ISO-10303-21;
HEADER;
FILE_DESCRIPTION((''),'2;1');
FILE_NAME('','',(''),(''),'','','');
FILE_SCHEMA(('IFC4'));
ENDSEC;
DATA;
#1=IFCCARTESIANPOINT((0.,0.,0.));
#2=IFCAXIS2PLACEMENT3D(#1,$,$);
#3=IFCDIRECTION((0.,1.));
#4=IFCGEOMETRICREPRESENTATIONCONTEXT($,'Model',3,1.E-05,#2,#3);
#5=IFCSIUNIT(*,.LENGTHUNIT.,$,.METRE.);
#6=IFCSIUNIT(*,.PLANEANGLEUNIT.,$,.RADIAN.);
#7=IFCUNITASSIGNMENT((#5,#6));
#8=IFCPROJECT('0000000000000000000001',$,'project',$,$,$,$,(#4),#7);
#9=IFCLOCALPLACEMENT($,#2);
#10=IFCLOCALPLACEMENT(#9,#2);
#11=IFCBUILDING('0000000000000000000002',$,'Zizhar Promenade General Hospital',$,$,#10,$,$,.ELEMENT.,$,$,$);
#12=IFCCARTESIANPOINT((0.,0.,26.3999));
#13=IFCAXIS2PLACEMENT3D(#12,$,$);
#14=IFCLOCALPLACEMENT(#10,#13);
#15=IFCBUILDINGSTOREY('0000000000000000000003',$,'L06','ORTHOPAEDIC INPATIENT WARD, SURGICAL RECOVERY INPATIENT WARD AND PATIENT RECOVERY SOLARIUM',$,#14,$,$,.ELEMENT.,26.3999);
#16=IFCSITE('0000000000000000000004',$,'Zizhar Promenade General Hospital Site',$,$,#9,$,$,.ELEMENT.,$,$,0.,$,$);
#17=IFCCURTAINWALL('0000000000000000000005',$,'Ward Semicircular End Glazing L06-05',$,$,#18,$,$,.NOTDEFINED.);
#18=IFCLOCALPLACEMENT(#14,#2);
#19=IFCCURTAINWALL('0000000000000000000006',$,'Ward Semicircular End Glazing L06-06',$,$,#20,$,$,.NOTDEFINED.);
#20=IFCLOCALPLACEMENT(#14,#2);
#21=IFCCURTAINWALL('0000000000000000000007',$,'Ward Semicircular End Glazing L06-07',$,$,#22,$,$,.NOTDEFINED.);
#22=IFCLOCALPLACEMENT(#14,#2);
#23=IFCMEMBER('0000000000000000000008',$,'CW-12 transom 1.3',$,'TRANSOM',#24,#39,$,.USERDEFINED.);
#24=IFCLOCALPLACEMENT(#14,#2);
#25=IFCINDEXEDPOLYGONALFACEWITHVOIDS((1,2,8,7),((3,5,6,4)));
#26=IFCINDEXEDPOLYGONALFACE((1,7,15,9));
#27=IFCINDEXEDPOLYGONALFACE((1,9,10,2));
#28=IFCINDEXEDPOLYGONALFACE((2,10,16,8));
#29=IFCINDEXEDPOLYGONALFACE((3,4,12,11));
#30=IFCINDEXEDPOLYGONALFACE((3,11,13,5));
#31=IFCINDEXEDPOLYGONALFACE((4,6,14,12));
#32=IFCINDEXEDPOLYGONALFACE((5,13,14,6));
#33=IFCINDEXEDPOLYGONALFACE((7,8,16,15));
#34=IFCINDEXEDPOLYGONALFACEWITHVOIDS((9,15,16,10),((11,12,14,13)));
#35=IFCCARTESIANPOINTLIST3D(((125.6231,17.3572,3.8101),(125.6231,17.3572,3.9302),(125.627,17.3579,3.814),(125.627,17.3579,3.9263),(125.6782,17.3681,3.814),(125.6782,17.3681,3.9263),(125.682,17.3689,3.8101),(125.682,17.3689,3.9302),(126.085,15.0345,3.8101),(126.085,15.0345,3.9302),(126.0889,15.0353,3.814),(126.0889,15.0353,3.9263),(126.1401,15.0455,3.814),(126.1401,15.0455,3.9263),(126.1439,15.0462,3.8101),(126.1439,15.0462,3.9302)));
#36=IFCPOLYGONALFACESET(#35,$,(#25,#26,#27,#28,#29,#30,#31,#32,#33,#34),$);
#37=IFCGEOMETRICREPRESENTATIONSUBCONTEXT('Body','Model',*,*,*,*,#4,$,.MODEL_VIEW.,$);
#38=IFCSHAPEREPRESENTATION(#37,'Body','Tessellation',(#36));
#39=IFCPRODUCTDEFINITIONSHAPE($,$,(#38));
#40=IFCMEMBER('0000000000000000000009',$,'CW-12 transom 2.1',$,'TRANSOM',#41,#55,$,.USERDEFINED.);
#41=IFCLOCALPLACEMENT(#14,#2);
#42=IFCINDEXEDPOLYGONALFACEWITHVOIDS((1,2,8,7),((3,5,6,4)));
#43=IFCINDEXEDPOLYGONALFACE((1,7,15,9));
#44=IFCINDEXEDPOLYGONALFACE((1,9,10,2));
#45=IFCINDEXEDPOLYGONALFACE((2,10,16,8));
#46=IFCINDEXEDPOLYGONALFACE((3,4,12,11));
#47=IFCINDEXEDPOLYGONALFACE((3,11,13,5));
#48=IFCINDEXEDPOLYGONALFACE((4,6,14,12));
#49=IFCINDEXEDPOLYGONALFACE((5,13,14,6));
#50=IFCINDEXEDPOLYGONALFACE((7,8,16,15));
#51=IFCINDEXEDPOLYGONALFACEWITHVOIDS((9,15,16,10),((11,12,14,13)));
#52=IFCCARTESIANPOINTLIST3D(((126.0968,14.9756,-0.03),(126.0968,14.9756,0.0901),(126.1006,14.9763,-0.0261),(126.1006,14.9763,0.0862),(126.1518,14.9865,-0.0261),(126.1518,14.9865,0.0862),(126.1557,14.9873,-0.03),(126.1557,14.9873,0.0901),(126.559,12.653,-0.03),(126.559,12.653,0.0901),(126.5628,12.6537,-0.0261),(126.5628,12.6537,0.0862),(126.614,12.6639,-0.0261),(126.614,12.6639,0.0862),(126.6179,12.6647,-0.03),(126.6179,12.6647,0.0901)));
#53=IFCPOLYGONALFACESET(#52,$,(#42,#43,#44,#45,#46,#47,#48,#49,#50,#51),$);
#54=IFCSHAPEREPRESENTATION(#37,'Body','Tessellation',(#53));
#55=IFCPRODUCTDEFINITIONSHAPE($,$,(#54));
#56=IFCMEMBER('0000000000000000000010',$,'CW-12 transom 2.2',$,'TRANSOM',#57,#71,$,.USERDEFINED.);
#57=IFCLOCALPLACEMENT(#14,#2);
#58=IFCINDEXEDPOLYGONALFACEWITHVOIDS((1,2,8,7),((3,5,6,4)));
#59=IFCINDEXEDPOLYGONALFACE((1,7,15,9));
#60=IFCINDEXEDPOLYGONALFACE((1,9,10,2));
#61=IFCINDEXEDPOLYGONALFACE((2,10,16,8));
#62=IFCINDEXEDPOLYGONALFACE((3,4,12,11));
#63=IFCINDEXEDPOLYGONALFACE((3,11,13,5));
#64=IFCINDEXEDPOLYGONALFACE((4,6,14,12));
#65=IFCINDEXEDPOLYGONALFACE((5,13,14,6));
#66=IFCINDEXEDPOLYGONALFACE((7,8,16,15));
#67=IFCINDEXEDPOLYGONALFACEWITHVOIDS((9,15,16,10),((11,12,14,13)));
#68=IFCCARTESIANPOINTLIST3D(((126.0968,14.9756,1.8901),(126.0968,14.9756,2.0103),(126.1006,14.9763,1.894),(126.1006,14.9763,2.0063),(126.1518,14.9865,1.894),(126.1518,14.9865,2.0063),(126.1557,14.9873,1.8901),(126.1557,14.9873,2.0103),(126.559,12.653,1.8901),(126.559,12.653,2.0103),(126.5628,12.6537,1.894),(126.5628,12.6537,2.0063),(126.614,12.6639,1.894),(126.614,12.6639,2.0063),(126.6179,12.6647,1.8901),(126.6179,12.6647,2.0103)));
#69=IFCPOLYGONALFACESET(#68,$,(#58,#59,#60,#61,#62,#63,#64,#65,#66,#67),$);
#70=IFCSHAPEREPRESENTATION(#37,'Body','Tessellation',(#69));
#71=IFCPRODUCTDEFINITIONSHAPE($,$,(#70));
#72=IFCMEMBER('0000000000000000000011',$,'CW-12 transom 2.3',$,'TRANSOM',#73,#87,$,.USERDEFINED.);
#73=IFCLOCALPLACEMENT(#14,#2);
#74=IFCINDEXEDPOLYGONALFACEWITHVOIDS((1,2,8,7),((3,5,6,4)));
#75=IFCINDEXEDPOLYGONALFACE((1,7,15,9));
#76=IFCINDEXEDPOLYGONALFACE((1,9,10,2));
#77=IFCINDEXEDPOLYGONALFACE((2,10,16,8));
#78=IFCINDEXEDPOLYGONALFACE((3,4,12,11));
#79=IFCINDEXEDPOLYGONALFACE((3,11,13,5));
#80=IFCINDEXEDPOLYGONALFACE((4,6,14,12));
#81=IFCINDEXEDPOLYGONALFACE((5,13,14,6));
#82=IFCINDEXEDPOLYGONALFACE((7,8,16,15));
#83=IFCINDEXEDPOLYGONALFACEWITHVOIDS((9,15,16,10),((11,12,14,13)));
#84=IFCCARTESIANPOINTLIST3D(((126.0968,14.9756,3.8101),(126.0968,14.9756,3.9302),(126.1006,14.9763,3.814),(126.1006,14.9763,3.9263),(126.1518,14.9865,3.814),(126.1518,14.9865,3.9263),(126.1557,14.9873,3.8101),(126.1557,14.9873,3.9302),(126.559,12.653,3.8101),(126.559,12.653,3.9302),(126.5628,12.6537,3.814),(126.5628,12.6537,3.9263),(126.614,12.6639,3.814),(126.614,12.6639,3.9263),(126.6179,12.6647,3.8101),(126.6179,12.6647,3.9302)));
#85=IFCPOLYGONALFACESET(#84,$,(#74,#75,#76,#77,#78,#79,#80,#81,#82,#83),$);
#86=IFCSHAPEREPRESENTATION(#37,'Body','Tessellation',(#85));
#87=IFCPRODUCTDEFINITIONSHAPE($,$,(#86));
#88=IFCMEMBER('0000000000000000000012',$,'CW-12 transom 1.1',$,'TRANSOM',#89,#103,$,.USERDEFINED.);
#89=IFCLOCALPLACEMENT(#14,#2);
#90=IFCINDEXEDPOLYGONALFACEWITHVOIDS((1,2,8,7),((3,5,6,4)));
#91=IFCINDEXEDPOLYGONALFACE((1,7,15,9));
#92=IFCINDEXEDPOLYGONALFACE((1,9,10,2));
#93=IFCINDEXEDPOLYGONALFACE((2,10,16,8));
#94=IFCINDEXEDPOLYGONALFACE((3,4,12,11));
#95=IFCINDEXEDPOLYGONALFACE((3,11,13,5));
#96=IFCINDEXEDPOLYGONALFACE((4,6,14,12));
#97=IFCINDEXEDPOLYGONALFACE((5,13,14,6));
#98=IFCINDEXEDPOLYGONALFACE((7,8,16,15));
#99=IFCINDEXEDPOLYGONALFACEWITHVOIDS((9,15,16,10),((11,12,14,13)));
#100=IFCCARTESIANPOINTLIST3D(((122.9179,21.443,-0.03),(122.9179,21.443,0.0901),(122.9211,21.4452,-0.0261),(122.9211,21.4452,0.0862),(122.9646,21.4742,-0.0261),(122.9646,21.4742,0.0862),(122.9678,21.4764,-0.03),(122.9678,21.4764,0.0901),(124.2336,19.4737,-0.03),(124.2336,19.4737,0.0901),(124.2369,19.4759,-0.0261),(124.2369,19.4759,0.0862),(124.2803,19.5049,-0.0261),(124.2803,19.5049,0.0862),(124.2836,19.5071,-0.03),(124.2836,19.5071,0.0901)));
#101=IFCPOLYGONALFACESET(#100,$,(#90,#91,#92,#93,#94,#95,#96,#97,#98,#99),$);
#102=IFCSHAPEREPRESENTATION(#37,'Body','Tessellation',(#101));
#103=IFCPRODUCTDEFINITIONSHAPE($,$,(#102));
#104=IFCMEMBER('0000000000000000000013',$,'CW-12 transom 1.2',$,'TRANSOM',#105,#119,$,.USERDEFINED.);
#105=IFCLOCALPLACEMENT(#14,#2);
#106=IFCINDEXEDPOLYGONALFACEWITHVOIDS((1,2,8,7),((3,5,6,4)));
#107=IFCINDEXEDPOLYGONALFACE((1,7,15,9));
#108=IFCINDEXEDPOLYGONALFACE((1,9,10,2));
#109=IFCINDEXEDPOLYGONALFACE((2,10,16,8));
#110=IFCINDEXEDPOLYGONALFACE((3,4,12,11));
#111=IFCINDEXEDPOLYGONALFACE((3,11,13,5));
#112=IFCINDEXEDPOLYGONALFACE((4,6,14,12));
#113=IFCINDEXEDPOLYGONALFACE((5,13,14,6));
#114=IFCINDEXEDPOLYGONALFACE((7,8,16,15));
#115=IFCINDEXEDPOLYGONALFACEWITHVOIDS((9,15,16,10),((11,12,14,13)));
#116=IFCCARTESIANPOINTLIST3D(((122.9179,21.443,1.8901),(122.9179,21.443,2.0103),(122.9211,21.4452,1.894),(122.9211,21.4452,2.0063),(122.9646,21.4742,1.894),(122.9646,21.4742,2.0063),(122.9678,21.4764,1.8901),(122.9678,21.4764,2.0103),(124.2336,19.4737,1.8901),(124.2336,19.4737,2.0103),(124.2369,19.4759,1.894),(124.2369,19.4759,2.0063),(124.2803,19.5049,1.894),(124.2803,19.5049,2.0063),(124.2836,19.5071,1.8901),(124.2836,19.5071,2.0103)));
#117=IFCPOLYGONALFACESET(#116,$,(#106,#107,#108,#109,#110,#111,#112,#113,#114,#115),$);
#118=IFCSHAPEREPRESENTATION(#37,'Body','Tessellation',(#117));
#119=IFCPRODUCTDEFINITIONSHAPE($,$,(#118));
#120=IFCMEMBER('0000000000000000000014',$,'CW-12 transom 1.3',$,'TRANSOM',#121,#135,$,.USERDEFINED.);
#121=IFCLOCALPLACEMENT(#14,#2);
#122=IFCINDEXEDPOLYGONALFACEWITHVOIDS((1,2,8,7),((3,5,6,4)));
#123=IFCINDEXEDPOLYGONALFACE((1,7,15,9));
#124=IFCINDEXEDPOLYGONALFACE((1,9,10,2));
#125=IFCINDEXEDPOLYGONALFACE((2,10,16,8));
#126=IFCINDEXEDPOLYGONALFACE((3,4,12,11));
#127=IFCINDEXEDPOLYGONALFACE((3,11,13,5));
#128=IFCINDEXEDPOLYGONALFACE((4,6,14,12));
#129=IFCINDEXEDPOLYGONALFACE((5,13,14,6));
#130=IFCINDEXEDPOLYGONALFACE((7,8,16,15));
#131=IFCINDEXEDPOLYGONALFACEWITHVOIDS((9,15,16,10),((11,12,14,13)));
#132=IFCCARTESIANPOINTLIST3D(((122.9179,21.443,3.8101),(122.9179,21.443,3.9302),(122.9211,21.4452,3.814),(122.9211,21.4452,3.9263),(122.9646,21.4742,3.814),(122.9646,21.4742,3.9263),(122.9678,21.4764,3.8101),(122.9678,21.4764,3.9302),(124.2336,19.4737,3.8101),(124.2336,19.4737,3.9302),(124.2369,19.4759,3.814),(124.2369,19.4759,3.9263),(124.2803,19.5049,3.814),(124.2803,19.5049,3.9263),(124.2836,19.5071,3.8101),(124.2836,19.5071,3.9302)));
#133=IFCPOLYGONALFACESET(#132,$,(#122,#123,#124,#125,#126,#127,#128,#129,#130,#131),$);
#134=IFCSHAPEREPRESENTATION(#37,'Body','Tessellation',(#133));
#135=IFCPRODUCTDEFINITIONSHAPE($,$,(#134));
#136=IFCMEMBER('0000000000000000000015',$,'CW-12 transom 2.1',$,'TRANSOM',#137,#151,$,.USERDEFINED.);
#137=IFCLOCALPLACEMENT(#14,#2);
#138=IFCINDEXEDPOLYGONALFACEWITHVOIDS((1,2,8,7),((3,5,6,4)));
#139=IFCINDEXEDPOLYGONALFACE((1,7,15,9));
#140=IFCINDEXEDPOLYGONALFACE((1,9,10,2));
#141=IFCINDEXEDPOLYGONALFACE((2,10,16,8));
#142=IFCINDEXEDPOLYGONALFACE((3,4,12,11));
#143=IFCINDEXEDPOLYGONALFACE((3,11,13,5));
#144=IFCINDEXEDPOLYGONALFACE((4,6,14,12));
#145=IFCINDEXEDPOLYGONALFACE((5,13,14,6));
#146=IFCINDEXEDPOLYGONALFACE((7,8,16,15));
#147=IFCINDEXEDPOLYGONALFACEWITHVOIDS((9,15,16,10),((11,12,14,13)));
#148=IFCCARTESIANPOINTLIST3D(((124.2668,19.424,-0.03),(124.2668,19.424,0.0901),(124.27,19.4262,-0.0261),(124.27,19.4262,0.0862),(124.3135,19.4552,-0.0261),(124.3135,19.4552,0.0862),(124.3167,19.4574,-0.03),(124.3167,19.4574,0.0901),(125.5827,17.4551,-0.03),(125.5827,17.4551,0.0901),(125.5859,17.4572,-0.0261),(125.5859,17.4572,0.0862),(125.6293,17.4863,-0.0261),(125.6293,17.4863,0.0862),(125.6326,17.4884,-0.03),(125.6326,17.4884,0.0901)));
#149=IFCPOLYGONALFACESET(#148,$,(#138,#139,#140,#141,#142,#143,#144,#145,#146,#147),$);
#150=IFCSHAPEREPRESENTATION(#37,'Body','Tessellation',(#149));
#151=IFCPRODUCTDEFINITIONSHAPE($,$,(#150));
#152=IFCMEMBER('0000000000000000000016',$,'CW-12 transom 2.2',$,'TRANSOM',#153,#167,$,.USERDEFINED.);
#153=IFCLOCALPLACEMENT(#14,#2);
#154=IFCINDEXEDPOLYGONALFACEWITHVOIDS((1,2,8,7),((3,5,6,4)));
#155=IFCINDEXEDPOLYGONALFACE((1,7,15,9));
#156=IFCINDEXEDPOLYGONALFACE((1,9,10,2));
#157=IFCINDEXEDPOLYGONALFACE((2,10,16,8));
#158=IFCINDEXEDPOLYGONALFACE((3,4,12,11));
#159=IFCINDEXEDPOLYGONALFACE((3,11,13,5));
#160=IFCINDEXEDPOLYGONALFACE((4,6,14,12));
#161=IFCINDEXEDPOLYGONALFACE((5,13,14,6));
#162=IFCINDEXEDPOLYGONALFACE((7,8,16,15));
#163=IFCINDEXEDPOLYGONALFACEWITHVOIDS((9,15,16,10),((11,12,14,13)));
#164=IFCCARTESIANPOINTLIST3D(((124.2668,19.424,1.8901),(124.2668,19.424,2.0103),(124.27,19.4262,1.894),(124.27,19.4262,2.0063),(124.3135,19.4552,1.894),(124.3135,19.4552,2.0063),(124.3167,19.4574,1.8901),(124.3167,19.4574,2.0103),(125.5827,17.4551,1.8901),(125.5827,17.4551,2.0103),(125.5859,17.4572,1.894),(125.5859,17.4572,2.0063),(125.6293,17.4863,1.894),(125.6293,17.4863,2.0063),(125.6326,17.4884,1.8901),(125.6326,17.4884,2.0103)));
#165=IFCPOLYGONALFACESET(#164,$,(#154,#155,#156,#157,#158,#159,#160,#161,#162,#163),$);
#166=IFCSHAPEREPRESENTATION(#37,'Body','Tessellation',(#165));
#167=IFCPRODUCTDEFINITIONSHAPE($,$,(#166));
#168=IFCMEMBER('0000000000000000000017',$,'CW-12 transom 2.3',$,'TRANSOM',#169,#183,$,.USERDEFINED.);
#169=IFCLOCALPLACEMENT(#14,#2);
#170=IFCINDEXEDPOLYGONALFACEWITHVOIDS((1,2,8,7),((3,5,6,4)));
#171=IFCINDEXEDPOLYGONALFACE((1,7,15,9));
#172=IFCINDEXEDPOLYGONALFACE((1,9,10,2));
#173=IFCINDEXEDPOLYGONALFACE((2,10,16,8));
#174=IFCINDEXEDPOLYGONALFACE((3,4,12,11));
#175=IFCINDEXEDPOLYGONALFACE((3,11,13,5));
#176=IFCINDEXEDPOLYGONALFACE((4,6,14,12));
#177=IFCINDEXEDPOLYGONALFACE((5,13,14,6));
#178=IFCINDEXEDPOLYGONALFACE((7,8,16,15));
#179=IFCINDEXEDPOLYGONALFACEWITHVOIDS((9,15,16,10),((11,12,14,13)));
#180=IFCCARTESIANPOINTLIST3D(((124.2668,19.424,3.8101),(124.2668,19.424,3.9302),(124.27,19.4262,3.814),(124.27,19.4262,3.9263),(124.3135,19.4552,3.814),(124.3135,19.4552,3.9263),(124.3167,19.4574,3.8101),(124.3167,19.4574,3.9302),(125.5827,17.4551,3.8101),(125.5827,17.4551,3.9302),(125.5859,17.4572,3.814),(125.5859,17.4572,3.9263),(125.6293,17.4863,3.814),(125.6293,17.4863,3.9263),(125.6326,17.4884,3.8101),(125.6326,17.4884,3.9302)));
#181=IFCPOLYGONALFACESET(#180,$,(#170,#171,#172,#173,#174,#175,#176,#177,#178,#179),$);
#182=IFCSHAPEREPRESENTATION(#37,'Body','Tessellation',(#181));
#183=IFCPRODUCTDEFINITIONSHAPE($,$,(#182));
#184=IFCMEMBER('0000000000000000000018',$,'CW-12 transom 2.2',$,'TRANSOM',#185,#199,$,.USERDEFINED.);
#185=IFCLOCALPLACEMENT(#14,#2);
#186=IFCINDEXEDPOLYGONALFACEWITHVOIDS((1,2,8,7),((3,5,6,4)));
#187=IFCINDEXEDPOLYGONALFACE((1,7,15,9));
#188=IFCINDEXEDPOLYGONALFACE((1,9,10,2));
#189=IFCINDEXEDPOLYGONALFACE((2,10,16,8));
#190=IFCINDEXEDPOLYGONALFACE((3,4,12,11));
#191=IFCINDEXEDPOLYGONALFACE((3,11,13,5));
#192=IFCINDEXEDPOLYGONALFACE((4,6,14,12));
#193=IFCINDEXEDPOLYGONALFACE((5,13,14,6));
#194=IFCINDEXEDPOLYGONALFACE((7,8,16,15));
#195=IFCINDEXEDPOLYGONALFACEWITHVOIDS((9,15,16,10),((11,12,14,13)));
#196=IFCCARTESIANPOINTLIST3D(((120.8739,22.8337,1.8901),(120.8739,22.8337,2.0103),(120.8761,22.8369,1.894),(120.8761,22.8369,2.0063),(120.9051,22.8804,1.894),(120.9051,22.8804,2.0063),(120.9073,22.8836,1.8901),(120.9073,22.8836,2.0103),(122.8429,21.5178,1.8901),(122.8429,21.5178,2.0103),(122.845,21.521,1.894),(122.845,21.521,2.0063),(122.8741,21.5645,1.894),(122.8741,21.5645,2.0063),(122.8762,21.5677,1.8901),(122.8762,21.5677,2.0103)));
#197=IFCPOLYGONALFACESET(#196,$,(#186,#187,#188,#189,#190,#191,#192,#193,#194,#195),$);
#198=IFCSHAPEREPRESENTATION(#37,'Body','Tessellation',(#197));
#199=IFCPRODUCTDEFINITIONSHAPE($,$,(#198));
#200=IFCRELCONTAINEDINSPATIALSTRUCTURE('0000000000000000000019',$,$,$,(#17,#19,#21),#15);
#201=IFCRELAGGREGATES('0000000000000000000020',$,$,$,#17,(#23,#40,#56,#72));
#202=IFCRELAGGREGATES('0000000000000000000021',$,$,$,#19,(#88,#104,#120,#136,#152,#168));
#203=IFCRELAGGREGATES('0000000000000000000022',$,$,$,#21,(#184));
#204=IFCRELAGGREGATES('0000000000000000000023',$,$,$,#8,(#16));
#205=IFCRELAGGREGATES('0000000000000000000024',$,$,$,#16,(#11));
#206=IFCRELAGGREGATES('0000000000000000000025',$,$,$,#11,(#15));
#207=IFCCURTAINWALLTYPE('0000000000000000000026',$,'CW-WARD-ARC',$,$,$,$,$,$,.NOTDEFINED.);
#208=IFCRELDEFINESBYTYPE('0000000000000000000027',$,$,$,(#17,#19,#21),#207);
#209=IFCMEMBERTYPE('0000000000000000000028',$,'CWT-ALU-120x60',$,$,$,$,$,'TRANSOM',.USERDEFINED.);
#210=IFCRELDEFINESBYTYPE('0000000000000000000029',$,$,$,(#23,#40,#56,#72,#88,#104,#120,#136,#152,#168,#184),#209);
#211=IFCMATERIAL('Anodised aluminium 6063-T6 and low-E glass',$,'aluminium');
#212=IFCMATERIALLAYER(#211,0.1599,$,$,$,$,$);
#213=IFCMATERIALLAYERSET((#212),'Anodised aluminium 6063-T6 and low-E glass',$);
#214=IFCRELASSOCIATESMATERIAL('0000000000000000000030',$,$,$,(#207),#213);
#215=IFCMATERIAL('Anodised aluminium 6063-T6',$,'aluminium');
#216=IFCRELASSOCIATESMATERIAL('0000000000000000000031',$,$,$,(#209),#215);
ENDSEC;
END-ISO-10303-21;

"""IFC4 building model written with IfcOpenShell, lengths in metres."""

from ifc_helpers import new_model, si_unit, direction, frame, origin, origin_2d, place, context, subcontext, project, spatial, hollow_rectangle, extrude, material, layer, layer_set, material_profile, profile_set, type_object, element, aggregate, save


model = new_model("IFC4")

# Units and contexts
model_context = context("Model", 3, precision=1e-05, world=origin(), true_north=direction((0.0, 1.0)))
body_context = subcontext(model_context, "Body", "Model", "MODEL_VIEW")
ifc_project = project(units=[si_unit("LENGTHUNIT", "METRE"), si_unit("PLANEANGLEUNIT", "RADIAN")], contexts=[model_context])

# Site, building, storey
site_placement = place(None, origin())
site = spatial("IfcSite", under=ifc_project, at=site_placement, Name="Zizhar Promenade General Hospital Site", CompositionType="ELEMENT", RefElevation=0.0)
building_placement = place(site_placement, origin())
building = spatial("IfcBuilding", under=site, at=building_placement, Name="Zizhar Promenade General Hospital", CompositionType="ELEMENT")
storey_placement = place(building_placement, frame((0.0, 0.0, 26.3999)))
storey = spatial("IfcBuildingStorey", under=building, at=storey_placement, Name="L06", Description="ORTHOPAEDIC INPATIENT WARD, SURGICAL RECOVERY INPATIENT WARD AND PATIENT RECOVERY SOLARIUM", CompositionType="ELEMENT", Elevation=26.3999)

# Curtain walls
ifc_material_1 = material(Name="Anodised aluminium 6063-T6 and low-E glass", Category="aluminium")
ifc_layer_1 = layer(ifc_material_1, 0.1599)
ifc_layer_set_1 = layer_set([ifc_layer_1], Name="Anodised aluminium 6063-T6 and low-E glass")
curtain_wall_type = type_object("IfcCurtainWallType", Name="CW-WARD-ARC", PredefinedType="NOTDEFINED", material=ifc_layer_set_1)
curtain_wall_1_placement = place(storey_placement, origin())
curtain_wall_1 = element("IfcCurtainWall", 1, at=curtain_wall_1_placement, inside=storey, type_object=curtain_wall_type, Name="Ward Semicircular End Glazing L06-05", PredefinedType="NOTDEFINED")
curtain_wall_2_placement = place(storey_placement, origin())
curtain_wall_2 = element("IfcCurtainWall", 2, at=curtain_wall_2_placement, inside=storey, type_object=curtain_wall_type, Name="Ward Semicircular End Glazing L06-06", PredefinedType="NOTDEFINED")

# Curtain wall
curtain_wall_3_placement = place(storey_placement, origin())
curtain_wall_3 = element("IfcCurtainWall", 3, at=curtain_wall_3_placement, inside=storey, type_object=curtain_wall_type, Name="Ward Semicircular End Glazing L06-07", PredefinedType="NOTDEFINED")

# Members
ifc_material_2 = material(Name="Anodised aluminium 6063-T6", Category="aluminium")
ifc_material_profile_1 = material_profile(ifc_material_2, hollow_rectangle(XDim=0.0601, YDim=0.1201, WallThickness=0.0039, at=origin_2d()))
ifc_profile_set_1 = profile_set([ifc_material_profile_1], Name="Anodised aluminium 6063-T6")
member_type_1 = type_object("IfcMemberType", Name="CWT-ALU-120x60", ElementType="TRANSOM", PredefinedType="USERDEFINED", material=ifc_profile_set_1)
member_1_placement = place(storey_placement, frame((125.6526, 17.363, 3.8701), z_axis=(0.195045, -0.980794, 0.0), x_axis=(0.980794, 0.195045, 0.0)))
member_1 = element("IfcMember", 4, at=member_1_placement, type_object=member_type_1, Name="CW-12 transom 1.3", ObjectType="TRANSOM", PredefinedType="USERDEFINED", context=body_context, shape_type="SweptSolid", body=[
    extrude(hollow_rectangle(XDim=0.0601, YDim=0.1201, WallThickness=0.0039, at=origin_2d()), origin(), (0.0, 0.0, 1.0), 2.3682),
])
member_2_placement = place(storey_placement, frame((126.1262, 14.9814, 0.03), z_axis=(0.195164, -0.980771, 0.0), x_axis=(0.980771, 0.195164, 0.0)))
member_2 = element("IfcMember", 5, at=member_2_placement, type_object=member_type_1, Name="CW-12 transom 2.1", ObjectType="TRANSOM", PredefinedType="USERDEFINED", context=body_context, shape_type="SweptSolid", body=[
    extrude(hollow_rectangle(XDim=0.0601, YDim=0.1201, WallThickness=0.0039, at=origin_2d()), origin(), (0.0, 0.0, 1.0), 2.3682),
])
member_3_placement = place(storey_placement, frame((126.1262, 14.9814, 1.9502), z_axis=(0.195164, -0.980771, 0.0), x_axis=(0.980771, 0.195164, 0.0)))
member_3 = element("IfcMember", 6, at=member_3_placement, type_object=member_type_1, Name="CW-12 transom 2.2", ObjectType="TRANSOM", PredefinedType="USERDEFINED", context=body_context, shape_type="SweptSolid", body=[
    extrude(hollow_rectangle(XDim=0.0601, YDim=0.1201, WallThickness=0.0039, at=origin_2d()), origin(), (0.0, 0.0, 1.0), 2.3682),
])
member_4_placement = place(storey_placement, frame((126.1262, 14.9814, 3.8701), z_axis=(0.195164, -0.980771, 0.0), x_axis=(0.980771, 0.195164, 0.0)))
member_4 = element("IfcMember", 7, at=member_4_placement, type_object=member_type_1, Name="CW-12 transom 2.3", ObjectType="TRANSOM", PredefinedType="USERDEFINED", context=body_context, shape_type="SweptSolid", body=[
    extrude(hollow_rectangle(XDim=0.0601, YDim=0.1201, WallThickness=0.0039, at=origin_2d()), origin(), (0.0, 0.0, 1.0), 2.3682),
])
member_5_placement = place(storey_placement, frame((122.9429, 21.4597, 0.03), z_axis=(0.555533, -0.831495, 0.0), x_axis=(0.831495, 0.555533, 0.0)))
member_5 = element("IfcMember", 8, at=member_5_placement, type_object=member_type_1, Name="CW-12 transom 1.1", ObjectType="TRANSOM", PredefinedType="USERDEFINED", context=body_context, shape_type="SweptSolid", body=[
    extrude(hollow_rectangle(XDim=0.0601, YDim=0.1201, WallThickness=0.0039, at=origin_2d()), origin(), (0.0, 0.0, 1.0), 2.3684),
])
member_6_placement = place(storey_placement, frame((122.9429, 21.4597, 1.9502), z_axis=(0.555533, -0.831495, 0.0), x_axis=(0.831495, 0.555533, 0.0)))
member_6 = element("IfcMember", 9, at=member_6_placement, type_object=member_type_1, Name="CW-12 transom 1.2", ObjectType="TRANSOM", PredefinedType="USERDEFINED", context=body_context, shape_type="SweptSolid", body=[
    extrude(hollow_rectangle(XDim=0.0601, YDim=0.1201, WallThickness=0.0039, at=origin_2d()), origin(), (0.0, 0.0, 1.0), 2.3684),
])
member_7_placement = place(storey_placement, frame((122.9429, 21.4597, 3.8701), z_axis=(0.555533, -0.831495, 0.0), x_axis=(0.831495, 0.555533, 0.0)))
member_7 = element("IfcMember", 10, at=member_7_placement, type_object=member_type_1, Name="CW-12 transom 1.3", ObjectType="TRANSOM", PredefinedType="USERDEFINED", context=body_context, shape_type="SweptSolid", body=[
    extrude(hollow_rectangle(XDim=0.0601, YDim=0.1201, WallThickness=0.0039, at=origin_2d()), origin(), (0.0, 0.0, 1.0), 2.3684),
])
member_8_placement = place(storey_placement, frame((124.2917, 19.4407, 0.03), z_axis=(0.555651, -0.831415, 0.0), x_axis=(0.831415, 0.555651, 0.0)))
member_8 = element("IfcMember", 11, at=member_8_placement, type_object=member_type_1, Name="CW-12 transom 2.1", ObjectType="TRANSOM", PredefinedType="USERDEFINED", context=body_context, shape_type="SweptSolid", body=[
    extrude(hollow_rectangle(XDim=0.0601, YDim=0.1201, WallThickness=0.0039, at=origin_2d()), origin(), (0.0, 0.0, 1.0), 2.3682),
])
member_9_placement = place(storey_placement, frame((124.2917, 19.4407, 1.9502), z_axis=(0.555651, -0.831415, 0.0), x_axis=(0.831415, 0.555651, 0.0)))
member_9 = element("IfcMember", 12, at=member_9_placement, type_object=member_type_1, Name="CW-12 transom 2.2", ObjectType="TRANSOM", PredefinedType="USERDEFINED", context=body_context, shape_type="SweptSolid", body=[
    extrude(hollow_rectangle(XDim=0.0601, YDim=0.1201, WallThickness=0.0039, at=origin_2d()), origin(), (0.0, 0.0, 1.0), 2.3682),
])
member_10_placement = place(storey_placement, frame((124.2917, 19.4407, 3.8701), z_axis=(0.555651, -0.831415, 0.0), x_axis=(0.831415, 0.555651, 0.0)))
member_10 = element("IfcMember", 13, at=member_10_placement, type_object=member_type_1, Name="CW-12 transom 2.3", ObjectType="TRANSOM", PredefinedType="USERDEFINED", context=body_context, shape_type="SweptSolid", body=[
    extrude(hollow_rectangle(XDim=0.0601, YDim=0.1201, WallThickness=0.0039, at=origin_2d()), origin(), (0.0, 0.0, 1.0), 2.3682),
])
member_11_placement = place(storey_placement, frame((120.8906, 22.8586, 1.9502), z_axis=(0.831415, -0.555651, 0.0), x_axis=(0.555651, 0.831415, 0.0)))
member_11 = element("IfcMember", 14, at=member_11_placement, type_object=member_type_1, Name="CW-12 transom 2.2", ObjectType="TRANSOM", PredefinedType="USERDEFINED", context=body_context, shape_type="SweptSolid", body=[
    extrude(hollow_rectangle(XDim=0.0601, YDim=0.1201, WallThickness=0.0039, at=origin_2d()), origin(), (0.0, 0.0, 1.0), 2.3682),
])

aggregate(curtain_wall_1, [member_1, member_2, member_3, member_4])
aggregate(curtain_wall_2, [member_5, member_6, member_7, member_8, member_9, member_10])
aggregate(curtain_wall_3, [member_11])

save(model, "model.ifc")
